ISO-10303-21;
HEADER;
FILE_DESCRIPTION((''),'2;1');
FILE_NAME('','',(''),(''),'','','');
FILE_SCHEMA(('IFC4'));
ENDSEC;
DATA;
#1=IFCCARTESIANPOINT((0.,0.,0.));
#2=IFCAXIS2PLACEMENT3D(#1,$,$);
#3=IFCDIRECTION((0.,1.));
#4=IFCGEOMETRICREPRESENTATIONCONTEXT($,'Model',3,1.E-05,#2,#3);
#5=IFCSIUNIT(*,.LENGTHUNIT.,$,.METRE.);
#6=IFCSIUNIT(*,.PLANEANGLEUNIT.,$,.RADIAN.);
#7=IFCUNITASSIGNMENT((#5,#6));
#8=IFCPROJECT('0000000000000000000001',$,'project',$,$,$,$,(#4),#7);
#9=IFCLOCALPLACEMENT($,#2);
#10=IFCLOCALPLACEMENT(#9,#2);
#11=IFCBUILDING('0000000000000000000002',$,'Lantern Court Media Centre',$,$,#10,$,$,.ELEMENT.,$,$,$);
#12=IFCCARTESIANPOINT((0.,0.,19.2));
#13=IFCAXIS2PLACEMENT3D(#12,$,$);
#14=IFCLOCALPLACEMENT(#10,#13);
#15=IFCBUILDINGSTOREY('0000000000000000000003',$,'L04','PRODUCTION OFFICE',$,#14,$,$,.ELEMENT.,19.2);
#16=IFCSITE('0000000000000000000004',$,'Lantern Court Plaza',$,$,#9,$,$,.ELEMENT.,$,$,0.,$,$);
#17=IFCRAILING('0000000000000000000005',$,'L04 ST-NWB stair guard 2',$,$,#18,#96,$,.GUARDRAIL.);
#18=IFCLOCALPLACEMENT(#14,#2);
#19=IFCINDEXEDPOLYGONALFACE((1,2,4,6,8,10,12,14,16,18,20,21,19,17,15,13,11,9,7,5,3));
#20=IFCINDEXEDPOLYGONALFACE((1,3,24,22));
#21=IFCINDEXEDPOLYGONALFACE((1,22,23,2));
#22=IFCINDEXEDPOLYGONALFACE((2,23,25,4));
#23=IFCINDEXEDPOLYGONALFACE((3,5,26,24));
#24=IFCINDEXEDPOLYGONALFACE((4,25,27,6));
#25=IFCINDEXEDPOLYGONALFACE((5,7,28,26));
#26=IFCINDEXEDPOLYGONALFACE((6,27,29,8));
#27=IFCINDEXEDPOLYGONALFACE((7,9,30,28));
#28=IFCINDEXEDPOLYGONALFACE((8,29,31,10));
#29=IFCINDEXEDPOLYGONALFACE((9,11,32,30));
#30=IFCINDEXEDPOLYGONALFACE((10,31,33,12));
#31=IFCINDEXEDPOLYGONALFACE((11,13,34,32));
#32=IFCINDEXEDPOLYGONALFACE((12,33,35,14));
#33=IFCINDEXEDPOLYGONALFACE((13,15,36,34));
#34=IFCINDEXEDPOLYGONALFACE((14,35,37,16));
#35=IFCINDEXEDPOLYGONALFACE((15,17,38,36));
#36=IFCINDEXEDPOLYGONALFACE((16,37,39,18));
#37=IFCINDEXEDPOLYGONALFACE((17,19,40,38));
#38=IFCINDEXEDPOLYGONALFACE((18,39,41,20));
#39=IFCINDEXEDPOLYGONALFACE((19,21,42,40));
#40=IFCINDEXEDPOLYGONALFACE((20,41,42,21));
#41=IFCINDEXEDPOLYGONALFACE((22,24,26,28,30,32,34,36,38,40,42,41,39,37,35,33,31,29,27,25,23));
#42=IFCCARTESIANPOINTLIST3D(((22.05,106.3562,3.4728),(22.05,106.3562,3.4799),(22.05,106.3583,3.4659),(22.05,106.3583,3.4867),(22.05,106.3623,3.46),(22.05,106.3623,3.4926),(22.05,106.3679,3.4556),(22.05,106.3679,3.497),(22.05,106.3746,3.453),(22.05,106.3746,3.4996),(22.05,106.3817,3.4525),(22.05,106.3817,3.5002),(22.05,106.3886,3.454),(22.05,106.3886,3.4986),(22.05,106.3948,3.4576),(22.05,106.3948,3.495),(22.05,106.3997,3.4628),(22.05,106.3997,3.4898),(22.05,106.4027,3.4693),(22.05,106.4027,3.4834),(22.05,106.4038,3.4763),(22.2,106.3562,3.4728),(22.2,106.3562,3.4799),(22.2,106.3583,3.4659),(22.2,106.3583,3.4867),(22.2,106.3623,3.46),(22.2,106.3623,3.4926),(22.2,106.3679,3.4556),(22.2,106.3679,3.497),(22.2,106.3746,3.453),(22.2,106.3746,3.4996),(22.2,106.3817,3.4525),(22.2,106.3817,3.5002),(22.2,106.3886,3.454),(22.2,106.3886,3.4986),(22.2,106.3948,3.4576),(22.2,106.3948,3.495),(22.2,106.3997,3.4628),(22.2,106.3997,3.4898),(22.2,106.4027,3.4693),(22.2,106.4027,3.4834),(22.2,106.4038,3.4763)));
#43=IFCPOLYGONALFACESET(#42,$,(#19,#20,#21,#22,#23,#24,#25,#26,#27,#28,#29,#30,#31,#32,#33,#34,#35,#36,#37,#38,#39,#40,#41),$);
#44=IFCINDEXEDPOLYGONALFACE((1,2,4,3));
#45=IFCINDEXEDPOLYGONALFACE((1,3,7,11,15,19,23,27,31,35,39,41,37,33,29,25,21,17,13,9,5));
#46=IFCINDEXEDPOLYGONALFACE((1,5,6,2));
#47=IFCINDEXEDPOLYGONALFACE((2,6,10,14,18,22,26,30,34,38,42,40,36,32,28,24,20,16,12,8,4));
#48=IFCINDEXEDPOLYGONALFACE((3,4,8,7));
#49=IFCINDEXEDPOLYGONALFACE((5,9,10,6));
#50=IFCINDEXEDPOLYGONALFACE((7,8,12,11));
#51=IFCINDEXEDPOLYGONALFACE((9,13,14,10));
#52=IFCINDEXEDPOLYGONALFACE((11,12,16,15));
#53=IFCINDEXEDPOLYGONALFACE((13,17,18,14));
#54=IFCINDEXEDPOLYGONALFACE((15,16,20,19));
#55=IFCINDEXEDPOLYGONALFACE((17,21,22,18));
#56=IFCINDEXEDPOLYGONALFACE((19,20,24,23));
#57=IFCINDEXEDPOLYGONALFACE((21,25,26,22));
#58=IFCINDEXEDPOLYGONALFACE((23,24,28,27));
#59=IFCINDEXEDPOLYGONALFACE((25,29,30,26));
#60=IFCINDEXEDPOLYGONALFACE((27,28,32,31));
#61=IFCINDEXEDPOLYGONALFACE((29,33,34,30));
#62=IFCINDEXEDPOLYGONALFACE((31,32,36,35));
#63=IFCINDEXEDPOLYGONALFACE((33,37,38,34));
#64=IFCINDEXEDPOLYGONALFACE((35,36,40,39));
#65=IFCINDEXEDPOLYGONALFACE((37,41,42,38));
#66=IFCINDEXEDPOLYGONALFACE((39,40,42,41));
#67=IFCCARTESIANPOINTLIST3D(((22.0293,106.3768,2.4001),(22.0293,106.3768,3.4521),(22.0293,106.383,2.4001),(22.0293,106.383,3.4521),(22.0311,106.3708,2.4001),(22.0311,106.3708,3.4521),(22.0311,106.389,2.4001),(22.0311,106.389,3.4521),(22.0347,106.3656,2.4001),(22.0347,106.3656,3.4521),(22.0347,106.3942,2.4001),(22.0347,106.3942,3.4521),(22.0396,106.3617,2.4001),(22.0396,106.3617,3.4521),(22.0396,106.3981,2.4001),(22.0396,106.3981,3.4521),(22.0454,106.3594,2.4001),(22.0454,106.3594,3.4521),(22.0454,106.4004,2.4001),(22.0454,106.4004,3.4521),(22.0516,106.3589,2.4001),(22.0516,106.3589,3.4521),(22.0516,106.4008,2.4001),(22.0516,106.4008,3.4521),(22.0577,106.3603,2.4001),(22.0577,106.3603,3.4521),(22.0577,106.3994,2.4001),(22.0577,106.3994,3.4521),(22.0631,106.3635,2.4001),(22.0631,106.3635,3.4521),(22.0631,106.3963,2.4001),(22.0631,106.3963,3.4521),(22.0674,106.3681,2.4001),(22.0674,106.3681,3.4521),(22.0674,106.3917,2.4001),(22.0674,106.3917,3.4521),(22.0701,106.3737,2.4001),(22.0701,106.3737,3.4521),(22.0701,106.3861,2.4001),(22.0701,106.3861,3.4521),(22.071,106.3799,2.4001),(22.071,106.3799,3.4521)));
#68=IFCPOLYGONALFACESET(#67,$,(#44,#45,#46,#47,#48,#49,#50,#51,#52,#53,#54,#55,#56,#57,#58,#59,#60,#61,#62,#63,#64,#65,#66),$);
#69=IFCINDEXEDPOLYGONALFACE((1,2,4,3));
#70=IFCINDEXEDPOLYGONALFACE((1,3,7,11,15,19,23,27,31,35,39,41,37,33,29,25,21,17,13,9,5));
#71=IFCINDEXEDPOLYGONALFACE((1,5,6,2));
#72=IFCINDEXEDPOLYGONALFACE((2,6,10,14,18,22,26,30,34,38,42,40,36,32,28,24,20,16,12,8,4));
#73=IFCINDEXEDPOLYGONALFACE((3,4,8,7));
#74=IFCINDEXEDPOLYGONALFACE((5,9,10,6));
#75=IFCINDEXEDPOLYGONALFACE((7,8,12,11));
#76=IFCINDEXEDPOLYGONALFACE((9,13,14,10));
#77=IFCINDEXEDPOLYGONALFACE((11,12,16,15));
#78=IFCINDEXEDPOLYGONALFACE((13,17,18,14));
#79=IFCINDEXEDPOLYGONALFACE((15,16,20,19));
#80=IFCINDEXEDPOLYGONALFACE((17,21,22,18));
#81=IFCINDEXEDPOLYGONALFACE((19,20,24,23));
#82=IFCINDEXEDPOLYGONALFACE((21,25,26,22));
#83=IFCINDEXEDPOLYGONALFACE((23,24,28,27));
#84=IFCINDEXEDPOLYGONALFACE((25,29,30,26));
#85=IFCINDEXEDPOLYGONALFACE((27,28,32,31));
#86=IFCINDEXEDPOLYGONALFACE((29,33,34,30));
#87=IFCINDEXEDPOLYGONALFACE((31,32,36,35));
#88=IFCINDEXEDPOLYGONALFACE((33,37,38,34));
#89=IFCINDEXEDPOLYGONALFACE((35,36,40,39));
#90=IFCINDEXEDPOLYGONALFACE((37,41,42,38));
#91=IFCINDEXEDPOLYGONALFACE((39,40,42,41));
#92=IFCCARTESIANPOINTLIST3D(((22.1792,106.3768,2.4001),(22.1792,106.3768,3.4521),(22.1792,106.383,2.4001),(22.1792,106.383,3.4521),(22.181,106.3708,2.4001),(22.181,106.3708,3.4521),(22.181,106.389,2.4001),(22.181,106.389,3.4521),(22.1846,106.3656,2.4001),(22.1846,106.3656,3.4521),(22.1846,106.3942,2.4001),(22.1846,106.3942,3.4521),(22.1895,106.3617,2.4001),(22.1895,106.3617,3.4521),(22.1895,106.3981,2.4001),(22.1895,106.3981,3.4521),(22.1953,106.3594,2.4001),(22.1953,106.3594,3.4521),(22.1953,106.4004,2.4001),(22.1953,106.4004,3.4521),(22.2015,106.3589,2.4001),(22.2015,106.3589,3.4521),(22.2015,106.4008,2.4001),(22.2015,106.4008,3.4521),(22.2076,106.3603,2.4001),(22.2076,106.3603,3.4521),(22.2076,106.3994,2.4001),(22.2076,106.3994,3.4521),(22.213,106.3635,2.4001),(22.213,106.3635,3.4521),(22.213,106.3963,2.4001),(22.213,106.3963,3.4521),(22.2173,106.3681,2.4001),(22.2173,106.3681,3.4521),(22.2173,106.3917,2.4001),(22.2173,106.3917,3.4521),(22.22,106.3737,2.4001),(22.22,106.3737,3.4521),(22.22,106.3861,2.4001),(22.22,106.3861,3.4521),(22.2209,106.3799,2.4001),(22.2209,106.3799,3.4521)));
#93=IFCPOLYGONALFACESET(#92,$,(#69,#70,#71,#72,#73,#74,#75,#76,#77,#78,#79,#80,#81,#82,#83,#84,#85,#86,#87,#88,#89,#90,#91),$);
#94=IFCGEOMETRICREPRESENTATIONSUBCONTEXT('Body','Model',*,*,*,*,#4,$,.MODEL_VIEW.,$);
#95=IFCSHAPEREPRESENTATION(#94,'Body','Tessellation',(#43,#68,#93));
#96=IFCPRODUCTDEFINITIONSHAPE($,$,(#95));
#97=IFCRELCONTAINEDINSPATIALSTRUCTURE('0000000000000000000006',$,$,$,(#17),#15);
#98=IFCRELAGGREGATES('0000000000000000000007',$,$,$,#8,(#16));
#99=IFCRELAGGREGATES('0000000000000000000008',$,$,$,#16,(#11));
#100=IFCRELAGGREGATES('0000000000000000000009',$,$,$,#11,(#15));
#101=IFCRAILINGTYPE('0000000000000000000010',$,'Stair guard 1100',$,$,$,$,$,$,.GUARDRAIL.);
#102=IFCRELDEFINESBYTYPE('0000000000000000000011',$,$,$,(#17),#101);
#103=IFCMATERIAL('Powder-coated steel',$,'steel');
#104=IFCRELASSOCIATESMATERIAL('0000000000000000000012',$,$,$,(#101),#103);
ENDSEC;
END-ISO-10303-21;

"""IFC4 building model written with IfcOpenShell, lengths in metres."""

from ifc_helpers import new_model, si_unit, direction, frame, origin, origin_2d, place, context, subcontext, project, spatial, circle, extrude, material, type_object, element, save


model = new_model("IFC4")

# Units and contexts
model_context = context("Model", 3, precision=1e-05, world=origin(), true_north=direction((0.0, 1.0)))
body_context = subcontext(model_context, "Body", "Model", "MODEL_VIEW")
ifc_project = project(units=[si_unit("LENGTHUNIT", "METRE"), si_unit("PLANEANGLEUNIT", "RADIAN")], contexts=[model_context])

# Site, building, storey
site_placement = place(None, origin())
site = spatial("IfcSite", under=ifc_project, at=site_placement, Name="Lantern Court Plaza", CompositionType="ELEMENT", RefElevation=0.0)
building_placement = place(site_placement, origin())
building = spatial("IfcBuilding", under=site, at=building_placement, Name="Lantern Court Media Centre", CompositionType="ELEMENT")
storey_placement = place(building_placement, frame((0.0, 0.0, 19.2)))
storey = spatial("IfcBuildingStorey", under=building, at=storey_placement, Name="L04", Description="PRODUCTION OFFICE", CompositionType="ELEMENT", Elevation=19.2)

# Shared definitions
ifc_material_1 = material(Name="Powder-coated steel", Category="steel")

# Railing
railing_type_1 = type_object("IfcRailingType", Name="Stair guard 1100", PredefinedType="GUARDRAIL", material=ifc_material_1)
railing_1_placement = place(storey_placement, frame((22.05, 106.3799, 2.4001)))
element("IfcRailing", 1, at=railing_1_placement, inside=storey, type_object=railing_type_1, Name="L04 ST-NWB stair guard 2", PredefinedType="GUARDRAIL", context=body_context, shape_type="SweptSolid", body=[
    extrude(circle(Radius=0.0239, at=origin_2d()), frame((0.0, 0.0, 1.0762), z_axis=(1.0, 0.0, 0.0), x_axis=(0.0, 1.0, 0.0)), (0.0, 0.0, 1.0), 0.1499),
    extrude(circle(Radius=0.021, at=origin_2d()), origin(), (0.0, 0.0, 1.0), 1.052),
    extrude(circle(Radius=0.021, at=origin_2d()), frame((0.1499, 0.0, 0.0)), (0.0, 0.0, 1.0), 1.052),
])

save(model, "model.ifc")
